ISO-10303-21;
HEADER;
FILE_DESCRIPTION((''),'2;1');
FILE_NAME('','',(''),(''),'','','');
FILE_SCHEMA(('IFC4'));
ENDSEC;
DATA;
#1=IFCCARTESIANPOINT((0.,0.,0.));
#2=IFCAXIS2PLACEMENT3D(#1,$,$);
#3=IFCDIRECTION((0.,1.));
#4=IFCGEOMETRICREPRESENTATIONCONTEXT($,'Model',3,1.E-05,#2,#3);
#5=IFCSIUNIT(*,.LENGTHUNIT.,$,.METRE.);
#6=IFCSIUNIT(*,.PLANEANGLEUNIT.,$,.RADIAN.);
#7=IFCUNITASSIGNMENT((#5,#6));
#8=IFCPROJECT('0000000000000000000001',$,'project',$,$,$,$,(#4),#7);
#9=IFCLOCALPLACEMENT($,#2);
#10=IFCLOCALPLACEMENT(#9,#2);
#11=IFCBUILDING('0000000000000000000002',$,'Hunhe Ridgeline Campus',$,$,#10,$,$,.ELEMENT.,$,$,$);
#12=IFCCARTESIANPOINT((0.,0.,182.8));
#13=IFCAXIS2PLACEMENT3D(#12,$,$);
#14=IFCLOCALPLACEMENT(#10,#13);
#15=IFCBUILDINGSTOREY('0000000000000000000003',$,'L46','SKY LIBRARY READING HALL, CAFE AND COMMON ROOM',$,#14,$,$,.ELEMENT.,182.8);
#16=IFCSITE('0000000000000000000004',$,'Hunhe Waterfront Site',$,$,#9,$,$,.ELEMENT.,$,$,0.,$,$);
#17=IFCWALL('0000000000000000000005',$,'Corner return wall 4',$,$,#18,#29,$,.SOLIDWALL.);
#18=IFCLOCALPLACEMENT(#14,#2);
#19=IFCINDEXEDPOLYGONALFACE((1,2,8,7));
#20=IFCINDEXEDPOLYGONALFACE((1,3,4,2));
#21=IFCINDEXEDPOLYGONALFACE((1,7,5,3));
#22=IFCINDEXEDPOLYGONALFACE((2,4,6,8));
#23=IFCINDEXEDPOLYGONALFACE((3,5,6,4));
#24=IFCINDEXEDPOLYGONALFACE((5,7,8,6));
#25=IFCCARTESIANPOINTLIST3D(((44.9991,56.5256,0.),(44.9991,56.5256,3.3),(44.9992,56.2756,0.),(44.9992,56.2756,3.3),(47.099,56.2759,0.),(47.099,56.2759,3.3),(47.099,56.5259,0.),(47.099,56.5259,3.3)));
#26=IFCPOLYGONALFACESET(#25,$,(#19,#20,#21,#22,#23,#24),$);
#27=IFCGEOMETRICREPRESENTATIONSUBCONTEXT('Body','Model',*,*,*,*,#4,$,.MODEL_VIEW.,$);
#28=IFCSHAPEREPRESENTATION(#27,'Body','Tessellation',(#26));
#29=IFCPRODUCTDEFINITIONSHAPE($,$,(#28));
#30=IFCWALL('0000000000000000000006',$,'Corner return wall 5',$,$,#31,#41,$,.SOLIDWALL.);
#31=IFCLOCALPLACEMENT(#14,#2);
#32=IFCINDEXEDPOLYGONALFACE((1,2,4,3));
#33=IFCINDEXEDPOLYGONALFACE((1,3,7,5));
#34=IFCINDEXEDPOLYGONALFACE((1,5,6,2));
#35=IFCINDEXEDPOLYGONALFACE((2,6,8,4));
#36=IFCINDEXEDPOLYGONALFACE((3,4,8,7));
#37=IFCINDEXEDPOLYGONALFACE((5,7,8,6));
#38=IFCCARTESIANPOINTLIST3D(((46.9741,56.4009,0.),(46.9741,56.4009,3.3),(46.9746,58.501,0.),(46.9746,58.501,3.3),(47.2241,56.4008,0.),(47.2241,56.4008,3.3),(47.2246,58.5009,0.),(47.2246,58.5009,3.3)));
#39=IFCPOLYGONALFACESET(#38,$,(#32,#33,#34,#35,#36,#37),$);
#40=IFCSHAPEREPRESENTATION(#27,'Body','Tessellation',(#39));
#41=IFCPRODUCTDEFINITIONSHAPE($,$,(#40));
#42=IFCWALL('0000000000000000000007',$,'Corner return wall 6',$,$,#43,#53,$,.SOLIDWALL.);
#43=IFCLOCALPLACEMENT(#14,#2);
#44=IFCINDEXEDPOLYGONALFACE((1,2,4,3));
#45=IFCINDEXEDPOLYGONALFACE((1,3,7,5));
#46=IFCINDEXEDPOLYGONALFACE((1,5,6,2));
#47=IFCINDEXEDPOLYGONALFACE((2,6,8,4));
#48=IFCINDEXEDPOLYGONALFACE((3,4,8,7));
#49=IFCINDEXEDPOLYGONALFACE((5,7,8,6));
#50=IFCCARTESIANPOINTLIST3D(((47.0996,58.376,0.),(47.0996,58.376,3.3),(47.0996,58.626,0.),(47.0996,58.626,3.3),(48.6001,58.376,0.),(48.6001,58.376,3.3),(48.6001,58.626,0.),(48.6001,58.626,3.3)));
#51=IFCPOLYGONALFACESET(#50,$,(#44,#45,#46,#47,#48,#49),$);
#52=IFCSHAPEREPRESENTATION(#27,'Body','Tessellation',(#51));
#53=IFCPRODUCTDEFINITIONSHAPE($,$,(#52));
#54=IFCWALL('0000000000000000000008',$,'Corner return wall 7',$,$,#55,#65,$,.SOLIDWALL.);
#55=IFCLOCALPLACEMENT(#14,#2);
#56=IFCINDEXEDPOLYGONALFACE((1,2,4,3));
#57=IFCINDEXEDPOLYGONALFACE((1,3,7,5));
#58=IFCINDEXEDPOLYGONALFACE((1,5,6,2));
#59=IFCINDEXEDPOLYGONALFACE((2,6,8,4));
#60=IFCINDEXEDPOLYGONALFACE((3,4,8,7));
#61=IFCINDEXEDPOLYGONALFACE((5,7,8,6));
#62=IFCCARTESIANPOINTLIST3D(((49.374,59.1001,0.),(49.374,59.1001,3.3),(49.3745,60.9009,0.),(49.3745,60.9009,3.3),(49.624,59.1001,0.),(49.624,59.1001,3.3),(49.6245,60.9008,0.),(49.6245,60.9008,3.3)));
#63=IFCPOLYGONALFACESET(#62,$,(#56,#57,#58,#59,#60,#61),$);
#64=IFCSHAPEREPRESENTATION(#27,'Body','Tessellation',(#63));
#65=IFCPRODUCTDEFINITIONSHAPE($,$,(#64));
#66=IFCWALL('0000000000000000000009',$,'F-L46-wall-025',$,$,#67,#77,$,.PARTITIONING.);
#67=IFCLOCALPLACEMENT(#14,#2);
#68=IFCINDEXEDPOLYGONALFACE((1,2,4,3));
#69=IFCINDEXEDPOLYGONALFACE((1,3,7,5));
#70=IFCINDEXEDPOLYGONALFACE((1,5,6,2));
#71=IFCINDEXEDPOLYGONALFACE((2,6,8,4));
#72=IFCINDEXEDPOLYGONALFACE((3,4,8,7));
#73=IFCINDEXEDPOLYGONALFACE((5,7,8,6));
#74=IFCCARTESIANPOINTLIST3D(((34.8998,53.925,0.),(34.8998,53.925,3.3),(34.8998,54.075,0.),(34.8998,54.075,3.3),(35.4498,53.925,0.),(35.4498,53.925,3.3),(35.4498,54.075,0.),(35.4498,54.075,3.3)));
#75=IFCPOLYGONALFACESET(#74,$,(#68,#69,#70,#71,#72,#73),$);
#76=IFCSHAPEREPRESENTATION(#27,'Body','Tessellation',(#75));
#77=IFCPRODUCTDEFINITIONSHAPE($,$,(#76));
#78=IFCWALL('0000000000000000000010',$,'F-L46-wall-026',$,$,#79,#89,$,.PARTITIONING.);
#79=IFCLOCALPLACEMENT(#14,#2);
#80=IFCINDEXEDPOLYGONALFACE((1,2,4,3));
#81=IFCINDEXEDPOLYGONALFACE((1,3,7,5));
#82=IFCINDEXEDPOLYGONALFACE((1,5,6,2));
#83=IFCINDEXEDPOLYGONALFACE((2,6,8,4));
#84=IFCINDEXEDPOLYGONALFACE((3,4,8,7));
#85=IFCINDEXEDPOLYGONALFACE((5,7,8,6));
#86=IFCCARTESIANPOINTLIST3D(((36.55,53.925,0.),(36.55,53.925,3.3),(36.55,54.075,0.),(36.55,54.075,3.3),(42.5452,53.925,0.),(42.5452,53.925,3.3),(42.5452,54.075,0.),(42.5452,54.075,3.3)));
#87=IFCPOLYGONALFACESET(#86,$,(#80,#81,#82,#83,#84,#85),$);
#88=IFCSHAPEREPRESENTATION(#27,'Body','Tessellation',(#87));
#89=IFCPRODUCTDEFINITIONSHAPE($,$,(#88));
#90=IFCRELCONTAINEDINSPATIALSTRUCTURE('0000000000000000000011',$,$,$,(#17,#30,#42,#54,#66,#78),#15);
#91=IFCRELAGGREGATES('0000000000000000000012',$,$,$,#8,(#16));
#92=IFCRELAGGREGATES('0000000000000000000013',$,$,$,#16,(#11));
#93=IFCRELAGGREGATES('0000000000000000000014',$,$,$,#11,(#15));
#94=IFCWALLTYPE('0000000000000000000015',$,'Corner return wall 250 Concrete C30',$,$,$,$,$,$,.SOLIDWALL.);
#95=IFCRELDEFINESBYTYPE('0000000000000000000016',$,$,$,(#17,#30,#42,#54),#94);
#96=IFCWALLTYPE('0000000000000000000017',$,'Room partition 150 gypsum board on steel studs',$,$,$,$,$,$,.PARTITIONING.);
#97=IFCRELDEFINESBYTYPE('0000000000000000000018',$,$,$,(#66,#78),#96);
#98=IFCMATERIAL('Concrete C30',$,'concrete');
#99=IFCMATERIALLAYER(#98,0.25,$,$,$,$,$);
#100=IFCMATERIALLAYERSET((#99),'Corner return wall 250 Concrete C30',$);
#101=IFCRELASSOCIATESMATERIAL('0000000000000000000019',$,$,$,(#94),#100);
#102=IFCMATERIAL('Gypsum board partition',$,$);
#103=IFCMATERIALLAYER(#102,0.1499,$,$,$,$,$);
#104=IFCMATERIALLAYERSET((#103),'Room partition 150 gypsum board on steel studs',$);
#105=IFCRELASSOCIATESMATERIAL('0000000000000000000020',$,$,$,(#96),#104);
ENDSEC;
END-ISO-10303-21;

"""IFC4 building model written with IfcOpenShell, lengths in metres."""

from ifc_helpers import new_model, si_unit, direction, frame, frame_2d, origin, place, context, subcontext, project, spatial, rectangle, extrude, material, layer, layer_set, type_object, element, save


model = new_model("IFC4")

# Units and contexts
model_context = context("Model", 3, precision=1e-05, world=origin(), true_north=direction((0.0, 1.0)))
body_context = subcontext(model_context, "Body", "Model", "MODEL_VIEW")
ifc_project = project(units=[si_unit("LENGTHUNIT", "METRE"), si_unit("PLANEANGLEUNIT", "RADIAN")], contexts=[model_context])

# Site, building, storey
site_placement = place(None, origin())
site = spatial("IfcSite", under=ifc_project, at=site_placement, Name="Hunhe Waterfront Site", CompositionType="ELEMENT", RefElevation=0.0)
building_placement = place(site_placement, origin())
building = spatial("IfcBuilding", under=site, at=building_placement, Name="Hunhe Ridgeline Campus", CompositionType="ELEMENT")
storey_placement = place(building_placement, frame((0.0, 0.0, 182.8)))
storey = spatial("IfcBuildingStorey", under=building, at=storey_placement, Name="L46", Description="SKY LIBRARY READING HALL, CAFE AND COMMON ROOM", CompositionType="ELEMENT", Elevation=182.8)

# Walls
ifc_material_1 = material(Name="Concrete C30", Category="concrete")
ifc_layer_1 = layer(ifc_material_1, 0.25)
ifc_layer_set_1 = layer_set([ifc_layer_1], Name="Corner return wall 250 Concrete C30")
wall_type_1 = type_object("IfcWallType", Name="Corner return wall 250 Concrete C30", PredefinedType="SOLIDWALL", material=ifc_layer_set_1)
wall_1_placement = place(storey_placement, frame((44.9993, 56.4006, 0.0), z_axis=(0.0, 0.0, 1.0), x_axis=(1.0, 0.000116, 0.0)))
element("IfcWall", 1, at=wall_1_placement, inside=storey, type_object=wall_type_1, Name="Corner return wall 4", PredefinedType="SOLIDWALL", context=body_context, shape_type="SweptSolid", body=[
    extrude(rectangle(XDim=2.0999, YDim=0.25, at=frame_2d((1.0498, 0.0))), origin(), (0.0, 0.0, 1.0), 3.3),
])
wall_2_placement = place(storey_placement, frame((47.0991, 56.4009, 0.0), z_axis=(0.0, 0.0, 1.0), x_axis=(0.000233, 1.0, 0.0)))
element("IfcWall", 2, at=wall_2_placement, inside=storey, type_object=wall_type_1, Name="Corner return wall 5", PredefinedType="SOLIDWALL", context=body_context, shape_type="SweptSolid", body=[
    extrude(rectangle(XDim=2.1001, YDim=0.25, at=frame_2d((1.05, 0.0))), origin(), (0.0, 0.0, 1.0), 3.3),
])
wall_3_placement = place(storey_placement, frame((47.0996, 58.501, 0.0), z_axis=(0.0, 0.0, 1.0), x_axis=(1.0, 0.0, 0.0)))
element("IfcWall", 3, at=wall_3_placement, inside=storey, type_object=wall_type_1, Name="Corner return wall 6", PredefinedType="SOLIDWALL", context=body_context, shape_type="SweptSolid", body=[
    extrude(rectangle(XDim=1.5005, YDim=0.25, at=frame_2d((0.7502, 0.0))), origin(), (0.0, 0.0, 1.0), 3.3),
])
wall_4_placement = place(storey_placement, frame((49.499, 59.1001, 0.0), z_axis=(0.0, 0.0, 1.0), x_axis=(0.000271, 1.0, 0.0)))
element("IfcWall", 4, at=wall_4_placement, inside=storey, type_object=wall_type_1, Name="Corner return wall 7", PredefinedType="SOLIDWALL", context=body_context, shape_type="SweptSolid", body=[
    extrude(rectangle(XDim=1.8008, YDim=0.25, at=frame_2d((0.9004, 0.0))), origin(), (0.0, 0.0, 1.0), 3.3),
])
ifc_material_2 = material(Name="Gypsum board partition")
ifc_layer_2 = layer(ifc_material_2, 0.1499)
ifc_layer_set_2 = layer_set([ifc_layer_2], Name="Room partition 150 gypsum board on steel studs")
wall_type_2 = type_object("IfcWallType", Name="Room partition 150 gypsum board on steel studs", PredefinedType="PARTITIONING", material=ifc_layer_set_2)
wall_5_placement = place(storey_placement, frame((34.8999, 54.0, 0.0), z_axis=(0.0, 0.0, 1.0), x_axis=(1.0, 0.0, 0.0)))
element("IfcWall", 5, at=wall_5_placement, inside=storey, type_object=wall_type_2, Name="F-L46-wall-025", PredefinedType="PARTITIONING", context=body_context, shape_type="SweptSolid", body=[
    extrude(rectangle(XDim=0.55, YDim=0.1499, at=frame_2d((0.2749, 0.0))), origin(), (0.0, 0.0, 1.0), 3.3),
])
wall_6_placement = place(storey_placement, frame((36.55, 54.0, 0.0), z_axis=(0.0, 0.0, 1.0), x_axis=(1.0, 0.0, 0.0)))
element("IfcWall", 6, at=wall_6_placement, inside=storey, type_object=wall_type_2, Name="F-L46-wall-026", PredefinedType="PARTITIONING", context=body_context, shape_type="SweptSolid", body=[
    extrude(rectangle(XDim=5.9951, YDim=0.1499, at=frame_2d((2.9976, 0.0))), origin(), (0.0, 0.0, 1.0), 3.3),
])

save(model, "model.ifc")
